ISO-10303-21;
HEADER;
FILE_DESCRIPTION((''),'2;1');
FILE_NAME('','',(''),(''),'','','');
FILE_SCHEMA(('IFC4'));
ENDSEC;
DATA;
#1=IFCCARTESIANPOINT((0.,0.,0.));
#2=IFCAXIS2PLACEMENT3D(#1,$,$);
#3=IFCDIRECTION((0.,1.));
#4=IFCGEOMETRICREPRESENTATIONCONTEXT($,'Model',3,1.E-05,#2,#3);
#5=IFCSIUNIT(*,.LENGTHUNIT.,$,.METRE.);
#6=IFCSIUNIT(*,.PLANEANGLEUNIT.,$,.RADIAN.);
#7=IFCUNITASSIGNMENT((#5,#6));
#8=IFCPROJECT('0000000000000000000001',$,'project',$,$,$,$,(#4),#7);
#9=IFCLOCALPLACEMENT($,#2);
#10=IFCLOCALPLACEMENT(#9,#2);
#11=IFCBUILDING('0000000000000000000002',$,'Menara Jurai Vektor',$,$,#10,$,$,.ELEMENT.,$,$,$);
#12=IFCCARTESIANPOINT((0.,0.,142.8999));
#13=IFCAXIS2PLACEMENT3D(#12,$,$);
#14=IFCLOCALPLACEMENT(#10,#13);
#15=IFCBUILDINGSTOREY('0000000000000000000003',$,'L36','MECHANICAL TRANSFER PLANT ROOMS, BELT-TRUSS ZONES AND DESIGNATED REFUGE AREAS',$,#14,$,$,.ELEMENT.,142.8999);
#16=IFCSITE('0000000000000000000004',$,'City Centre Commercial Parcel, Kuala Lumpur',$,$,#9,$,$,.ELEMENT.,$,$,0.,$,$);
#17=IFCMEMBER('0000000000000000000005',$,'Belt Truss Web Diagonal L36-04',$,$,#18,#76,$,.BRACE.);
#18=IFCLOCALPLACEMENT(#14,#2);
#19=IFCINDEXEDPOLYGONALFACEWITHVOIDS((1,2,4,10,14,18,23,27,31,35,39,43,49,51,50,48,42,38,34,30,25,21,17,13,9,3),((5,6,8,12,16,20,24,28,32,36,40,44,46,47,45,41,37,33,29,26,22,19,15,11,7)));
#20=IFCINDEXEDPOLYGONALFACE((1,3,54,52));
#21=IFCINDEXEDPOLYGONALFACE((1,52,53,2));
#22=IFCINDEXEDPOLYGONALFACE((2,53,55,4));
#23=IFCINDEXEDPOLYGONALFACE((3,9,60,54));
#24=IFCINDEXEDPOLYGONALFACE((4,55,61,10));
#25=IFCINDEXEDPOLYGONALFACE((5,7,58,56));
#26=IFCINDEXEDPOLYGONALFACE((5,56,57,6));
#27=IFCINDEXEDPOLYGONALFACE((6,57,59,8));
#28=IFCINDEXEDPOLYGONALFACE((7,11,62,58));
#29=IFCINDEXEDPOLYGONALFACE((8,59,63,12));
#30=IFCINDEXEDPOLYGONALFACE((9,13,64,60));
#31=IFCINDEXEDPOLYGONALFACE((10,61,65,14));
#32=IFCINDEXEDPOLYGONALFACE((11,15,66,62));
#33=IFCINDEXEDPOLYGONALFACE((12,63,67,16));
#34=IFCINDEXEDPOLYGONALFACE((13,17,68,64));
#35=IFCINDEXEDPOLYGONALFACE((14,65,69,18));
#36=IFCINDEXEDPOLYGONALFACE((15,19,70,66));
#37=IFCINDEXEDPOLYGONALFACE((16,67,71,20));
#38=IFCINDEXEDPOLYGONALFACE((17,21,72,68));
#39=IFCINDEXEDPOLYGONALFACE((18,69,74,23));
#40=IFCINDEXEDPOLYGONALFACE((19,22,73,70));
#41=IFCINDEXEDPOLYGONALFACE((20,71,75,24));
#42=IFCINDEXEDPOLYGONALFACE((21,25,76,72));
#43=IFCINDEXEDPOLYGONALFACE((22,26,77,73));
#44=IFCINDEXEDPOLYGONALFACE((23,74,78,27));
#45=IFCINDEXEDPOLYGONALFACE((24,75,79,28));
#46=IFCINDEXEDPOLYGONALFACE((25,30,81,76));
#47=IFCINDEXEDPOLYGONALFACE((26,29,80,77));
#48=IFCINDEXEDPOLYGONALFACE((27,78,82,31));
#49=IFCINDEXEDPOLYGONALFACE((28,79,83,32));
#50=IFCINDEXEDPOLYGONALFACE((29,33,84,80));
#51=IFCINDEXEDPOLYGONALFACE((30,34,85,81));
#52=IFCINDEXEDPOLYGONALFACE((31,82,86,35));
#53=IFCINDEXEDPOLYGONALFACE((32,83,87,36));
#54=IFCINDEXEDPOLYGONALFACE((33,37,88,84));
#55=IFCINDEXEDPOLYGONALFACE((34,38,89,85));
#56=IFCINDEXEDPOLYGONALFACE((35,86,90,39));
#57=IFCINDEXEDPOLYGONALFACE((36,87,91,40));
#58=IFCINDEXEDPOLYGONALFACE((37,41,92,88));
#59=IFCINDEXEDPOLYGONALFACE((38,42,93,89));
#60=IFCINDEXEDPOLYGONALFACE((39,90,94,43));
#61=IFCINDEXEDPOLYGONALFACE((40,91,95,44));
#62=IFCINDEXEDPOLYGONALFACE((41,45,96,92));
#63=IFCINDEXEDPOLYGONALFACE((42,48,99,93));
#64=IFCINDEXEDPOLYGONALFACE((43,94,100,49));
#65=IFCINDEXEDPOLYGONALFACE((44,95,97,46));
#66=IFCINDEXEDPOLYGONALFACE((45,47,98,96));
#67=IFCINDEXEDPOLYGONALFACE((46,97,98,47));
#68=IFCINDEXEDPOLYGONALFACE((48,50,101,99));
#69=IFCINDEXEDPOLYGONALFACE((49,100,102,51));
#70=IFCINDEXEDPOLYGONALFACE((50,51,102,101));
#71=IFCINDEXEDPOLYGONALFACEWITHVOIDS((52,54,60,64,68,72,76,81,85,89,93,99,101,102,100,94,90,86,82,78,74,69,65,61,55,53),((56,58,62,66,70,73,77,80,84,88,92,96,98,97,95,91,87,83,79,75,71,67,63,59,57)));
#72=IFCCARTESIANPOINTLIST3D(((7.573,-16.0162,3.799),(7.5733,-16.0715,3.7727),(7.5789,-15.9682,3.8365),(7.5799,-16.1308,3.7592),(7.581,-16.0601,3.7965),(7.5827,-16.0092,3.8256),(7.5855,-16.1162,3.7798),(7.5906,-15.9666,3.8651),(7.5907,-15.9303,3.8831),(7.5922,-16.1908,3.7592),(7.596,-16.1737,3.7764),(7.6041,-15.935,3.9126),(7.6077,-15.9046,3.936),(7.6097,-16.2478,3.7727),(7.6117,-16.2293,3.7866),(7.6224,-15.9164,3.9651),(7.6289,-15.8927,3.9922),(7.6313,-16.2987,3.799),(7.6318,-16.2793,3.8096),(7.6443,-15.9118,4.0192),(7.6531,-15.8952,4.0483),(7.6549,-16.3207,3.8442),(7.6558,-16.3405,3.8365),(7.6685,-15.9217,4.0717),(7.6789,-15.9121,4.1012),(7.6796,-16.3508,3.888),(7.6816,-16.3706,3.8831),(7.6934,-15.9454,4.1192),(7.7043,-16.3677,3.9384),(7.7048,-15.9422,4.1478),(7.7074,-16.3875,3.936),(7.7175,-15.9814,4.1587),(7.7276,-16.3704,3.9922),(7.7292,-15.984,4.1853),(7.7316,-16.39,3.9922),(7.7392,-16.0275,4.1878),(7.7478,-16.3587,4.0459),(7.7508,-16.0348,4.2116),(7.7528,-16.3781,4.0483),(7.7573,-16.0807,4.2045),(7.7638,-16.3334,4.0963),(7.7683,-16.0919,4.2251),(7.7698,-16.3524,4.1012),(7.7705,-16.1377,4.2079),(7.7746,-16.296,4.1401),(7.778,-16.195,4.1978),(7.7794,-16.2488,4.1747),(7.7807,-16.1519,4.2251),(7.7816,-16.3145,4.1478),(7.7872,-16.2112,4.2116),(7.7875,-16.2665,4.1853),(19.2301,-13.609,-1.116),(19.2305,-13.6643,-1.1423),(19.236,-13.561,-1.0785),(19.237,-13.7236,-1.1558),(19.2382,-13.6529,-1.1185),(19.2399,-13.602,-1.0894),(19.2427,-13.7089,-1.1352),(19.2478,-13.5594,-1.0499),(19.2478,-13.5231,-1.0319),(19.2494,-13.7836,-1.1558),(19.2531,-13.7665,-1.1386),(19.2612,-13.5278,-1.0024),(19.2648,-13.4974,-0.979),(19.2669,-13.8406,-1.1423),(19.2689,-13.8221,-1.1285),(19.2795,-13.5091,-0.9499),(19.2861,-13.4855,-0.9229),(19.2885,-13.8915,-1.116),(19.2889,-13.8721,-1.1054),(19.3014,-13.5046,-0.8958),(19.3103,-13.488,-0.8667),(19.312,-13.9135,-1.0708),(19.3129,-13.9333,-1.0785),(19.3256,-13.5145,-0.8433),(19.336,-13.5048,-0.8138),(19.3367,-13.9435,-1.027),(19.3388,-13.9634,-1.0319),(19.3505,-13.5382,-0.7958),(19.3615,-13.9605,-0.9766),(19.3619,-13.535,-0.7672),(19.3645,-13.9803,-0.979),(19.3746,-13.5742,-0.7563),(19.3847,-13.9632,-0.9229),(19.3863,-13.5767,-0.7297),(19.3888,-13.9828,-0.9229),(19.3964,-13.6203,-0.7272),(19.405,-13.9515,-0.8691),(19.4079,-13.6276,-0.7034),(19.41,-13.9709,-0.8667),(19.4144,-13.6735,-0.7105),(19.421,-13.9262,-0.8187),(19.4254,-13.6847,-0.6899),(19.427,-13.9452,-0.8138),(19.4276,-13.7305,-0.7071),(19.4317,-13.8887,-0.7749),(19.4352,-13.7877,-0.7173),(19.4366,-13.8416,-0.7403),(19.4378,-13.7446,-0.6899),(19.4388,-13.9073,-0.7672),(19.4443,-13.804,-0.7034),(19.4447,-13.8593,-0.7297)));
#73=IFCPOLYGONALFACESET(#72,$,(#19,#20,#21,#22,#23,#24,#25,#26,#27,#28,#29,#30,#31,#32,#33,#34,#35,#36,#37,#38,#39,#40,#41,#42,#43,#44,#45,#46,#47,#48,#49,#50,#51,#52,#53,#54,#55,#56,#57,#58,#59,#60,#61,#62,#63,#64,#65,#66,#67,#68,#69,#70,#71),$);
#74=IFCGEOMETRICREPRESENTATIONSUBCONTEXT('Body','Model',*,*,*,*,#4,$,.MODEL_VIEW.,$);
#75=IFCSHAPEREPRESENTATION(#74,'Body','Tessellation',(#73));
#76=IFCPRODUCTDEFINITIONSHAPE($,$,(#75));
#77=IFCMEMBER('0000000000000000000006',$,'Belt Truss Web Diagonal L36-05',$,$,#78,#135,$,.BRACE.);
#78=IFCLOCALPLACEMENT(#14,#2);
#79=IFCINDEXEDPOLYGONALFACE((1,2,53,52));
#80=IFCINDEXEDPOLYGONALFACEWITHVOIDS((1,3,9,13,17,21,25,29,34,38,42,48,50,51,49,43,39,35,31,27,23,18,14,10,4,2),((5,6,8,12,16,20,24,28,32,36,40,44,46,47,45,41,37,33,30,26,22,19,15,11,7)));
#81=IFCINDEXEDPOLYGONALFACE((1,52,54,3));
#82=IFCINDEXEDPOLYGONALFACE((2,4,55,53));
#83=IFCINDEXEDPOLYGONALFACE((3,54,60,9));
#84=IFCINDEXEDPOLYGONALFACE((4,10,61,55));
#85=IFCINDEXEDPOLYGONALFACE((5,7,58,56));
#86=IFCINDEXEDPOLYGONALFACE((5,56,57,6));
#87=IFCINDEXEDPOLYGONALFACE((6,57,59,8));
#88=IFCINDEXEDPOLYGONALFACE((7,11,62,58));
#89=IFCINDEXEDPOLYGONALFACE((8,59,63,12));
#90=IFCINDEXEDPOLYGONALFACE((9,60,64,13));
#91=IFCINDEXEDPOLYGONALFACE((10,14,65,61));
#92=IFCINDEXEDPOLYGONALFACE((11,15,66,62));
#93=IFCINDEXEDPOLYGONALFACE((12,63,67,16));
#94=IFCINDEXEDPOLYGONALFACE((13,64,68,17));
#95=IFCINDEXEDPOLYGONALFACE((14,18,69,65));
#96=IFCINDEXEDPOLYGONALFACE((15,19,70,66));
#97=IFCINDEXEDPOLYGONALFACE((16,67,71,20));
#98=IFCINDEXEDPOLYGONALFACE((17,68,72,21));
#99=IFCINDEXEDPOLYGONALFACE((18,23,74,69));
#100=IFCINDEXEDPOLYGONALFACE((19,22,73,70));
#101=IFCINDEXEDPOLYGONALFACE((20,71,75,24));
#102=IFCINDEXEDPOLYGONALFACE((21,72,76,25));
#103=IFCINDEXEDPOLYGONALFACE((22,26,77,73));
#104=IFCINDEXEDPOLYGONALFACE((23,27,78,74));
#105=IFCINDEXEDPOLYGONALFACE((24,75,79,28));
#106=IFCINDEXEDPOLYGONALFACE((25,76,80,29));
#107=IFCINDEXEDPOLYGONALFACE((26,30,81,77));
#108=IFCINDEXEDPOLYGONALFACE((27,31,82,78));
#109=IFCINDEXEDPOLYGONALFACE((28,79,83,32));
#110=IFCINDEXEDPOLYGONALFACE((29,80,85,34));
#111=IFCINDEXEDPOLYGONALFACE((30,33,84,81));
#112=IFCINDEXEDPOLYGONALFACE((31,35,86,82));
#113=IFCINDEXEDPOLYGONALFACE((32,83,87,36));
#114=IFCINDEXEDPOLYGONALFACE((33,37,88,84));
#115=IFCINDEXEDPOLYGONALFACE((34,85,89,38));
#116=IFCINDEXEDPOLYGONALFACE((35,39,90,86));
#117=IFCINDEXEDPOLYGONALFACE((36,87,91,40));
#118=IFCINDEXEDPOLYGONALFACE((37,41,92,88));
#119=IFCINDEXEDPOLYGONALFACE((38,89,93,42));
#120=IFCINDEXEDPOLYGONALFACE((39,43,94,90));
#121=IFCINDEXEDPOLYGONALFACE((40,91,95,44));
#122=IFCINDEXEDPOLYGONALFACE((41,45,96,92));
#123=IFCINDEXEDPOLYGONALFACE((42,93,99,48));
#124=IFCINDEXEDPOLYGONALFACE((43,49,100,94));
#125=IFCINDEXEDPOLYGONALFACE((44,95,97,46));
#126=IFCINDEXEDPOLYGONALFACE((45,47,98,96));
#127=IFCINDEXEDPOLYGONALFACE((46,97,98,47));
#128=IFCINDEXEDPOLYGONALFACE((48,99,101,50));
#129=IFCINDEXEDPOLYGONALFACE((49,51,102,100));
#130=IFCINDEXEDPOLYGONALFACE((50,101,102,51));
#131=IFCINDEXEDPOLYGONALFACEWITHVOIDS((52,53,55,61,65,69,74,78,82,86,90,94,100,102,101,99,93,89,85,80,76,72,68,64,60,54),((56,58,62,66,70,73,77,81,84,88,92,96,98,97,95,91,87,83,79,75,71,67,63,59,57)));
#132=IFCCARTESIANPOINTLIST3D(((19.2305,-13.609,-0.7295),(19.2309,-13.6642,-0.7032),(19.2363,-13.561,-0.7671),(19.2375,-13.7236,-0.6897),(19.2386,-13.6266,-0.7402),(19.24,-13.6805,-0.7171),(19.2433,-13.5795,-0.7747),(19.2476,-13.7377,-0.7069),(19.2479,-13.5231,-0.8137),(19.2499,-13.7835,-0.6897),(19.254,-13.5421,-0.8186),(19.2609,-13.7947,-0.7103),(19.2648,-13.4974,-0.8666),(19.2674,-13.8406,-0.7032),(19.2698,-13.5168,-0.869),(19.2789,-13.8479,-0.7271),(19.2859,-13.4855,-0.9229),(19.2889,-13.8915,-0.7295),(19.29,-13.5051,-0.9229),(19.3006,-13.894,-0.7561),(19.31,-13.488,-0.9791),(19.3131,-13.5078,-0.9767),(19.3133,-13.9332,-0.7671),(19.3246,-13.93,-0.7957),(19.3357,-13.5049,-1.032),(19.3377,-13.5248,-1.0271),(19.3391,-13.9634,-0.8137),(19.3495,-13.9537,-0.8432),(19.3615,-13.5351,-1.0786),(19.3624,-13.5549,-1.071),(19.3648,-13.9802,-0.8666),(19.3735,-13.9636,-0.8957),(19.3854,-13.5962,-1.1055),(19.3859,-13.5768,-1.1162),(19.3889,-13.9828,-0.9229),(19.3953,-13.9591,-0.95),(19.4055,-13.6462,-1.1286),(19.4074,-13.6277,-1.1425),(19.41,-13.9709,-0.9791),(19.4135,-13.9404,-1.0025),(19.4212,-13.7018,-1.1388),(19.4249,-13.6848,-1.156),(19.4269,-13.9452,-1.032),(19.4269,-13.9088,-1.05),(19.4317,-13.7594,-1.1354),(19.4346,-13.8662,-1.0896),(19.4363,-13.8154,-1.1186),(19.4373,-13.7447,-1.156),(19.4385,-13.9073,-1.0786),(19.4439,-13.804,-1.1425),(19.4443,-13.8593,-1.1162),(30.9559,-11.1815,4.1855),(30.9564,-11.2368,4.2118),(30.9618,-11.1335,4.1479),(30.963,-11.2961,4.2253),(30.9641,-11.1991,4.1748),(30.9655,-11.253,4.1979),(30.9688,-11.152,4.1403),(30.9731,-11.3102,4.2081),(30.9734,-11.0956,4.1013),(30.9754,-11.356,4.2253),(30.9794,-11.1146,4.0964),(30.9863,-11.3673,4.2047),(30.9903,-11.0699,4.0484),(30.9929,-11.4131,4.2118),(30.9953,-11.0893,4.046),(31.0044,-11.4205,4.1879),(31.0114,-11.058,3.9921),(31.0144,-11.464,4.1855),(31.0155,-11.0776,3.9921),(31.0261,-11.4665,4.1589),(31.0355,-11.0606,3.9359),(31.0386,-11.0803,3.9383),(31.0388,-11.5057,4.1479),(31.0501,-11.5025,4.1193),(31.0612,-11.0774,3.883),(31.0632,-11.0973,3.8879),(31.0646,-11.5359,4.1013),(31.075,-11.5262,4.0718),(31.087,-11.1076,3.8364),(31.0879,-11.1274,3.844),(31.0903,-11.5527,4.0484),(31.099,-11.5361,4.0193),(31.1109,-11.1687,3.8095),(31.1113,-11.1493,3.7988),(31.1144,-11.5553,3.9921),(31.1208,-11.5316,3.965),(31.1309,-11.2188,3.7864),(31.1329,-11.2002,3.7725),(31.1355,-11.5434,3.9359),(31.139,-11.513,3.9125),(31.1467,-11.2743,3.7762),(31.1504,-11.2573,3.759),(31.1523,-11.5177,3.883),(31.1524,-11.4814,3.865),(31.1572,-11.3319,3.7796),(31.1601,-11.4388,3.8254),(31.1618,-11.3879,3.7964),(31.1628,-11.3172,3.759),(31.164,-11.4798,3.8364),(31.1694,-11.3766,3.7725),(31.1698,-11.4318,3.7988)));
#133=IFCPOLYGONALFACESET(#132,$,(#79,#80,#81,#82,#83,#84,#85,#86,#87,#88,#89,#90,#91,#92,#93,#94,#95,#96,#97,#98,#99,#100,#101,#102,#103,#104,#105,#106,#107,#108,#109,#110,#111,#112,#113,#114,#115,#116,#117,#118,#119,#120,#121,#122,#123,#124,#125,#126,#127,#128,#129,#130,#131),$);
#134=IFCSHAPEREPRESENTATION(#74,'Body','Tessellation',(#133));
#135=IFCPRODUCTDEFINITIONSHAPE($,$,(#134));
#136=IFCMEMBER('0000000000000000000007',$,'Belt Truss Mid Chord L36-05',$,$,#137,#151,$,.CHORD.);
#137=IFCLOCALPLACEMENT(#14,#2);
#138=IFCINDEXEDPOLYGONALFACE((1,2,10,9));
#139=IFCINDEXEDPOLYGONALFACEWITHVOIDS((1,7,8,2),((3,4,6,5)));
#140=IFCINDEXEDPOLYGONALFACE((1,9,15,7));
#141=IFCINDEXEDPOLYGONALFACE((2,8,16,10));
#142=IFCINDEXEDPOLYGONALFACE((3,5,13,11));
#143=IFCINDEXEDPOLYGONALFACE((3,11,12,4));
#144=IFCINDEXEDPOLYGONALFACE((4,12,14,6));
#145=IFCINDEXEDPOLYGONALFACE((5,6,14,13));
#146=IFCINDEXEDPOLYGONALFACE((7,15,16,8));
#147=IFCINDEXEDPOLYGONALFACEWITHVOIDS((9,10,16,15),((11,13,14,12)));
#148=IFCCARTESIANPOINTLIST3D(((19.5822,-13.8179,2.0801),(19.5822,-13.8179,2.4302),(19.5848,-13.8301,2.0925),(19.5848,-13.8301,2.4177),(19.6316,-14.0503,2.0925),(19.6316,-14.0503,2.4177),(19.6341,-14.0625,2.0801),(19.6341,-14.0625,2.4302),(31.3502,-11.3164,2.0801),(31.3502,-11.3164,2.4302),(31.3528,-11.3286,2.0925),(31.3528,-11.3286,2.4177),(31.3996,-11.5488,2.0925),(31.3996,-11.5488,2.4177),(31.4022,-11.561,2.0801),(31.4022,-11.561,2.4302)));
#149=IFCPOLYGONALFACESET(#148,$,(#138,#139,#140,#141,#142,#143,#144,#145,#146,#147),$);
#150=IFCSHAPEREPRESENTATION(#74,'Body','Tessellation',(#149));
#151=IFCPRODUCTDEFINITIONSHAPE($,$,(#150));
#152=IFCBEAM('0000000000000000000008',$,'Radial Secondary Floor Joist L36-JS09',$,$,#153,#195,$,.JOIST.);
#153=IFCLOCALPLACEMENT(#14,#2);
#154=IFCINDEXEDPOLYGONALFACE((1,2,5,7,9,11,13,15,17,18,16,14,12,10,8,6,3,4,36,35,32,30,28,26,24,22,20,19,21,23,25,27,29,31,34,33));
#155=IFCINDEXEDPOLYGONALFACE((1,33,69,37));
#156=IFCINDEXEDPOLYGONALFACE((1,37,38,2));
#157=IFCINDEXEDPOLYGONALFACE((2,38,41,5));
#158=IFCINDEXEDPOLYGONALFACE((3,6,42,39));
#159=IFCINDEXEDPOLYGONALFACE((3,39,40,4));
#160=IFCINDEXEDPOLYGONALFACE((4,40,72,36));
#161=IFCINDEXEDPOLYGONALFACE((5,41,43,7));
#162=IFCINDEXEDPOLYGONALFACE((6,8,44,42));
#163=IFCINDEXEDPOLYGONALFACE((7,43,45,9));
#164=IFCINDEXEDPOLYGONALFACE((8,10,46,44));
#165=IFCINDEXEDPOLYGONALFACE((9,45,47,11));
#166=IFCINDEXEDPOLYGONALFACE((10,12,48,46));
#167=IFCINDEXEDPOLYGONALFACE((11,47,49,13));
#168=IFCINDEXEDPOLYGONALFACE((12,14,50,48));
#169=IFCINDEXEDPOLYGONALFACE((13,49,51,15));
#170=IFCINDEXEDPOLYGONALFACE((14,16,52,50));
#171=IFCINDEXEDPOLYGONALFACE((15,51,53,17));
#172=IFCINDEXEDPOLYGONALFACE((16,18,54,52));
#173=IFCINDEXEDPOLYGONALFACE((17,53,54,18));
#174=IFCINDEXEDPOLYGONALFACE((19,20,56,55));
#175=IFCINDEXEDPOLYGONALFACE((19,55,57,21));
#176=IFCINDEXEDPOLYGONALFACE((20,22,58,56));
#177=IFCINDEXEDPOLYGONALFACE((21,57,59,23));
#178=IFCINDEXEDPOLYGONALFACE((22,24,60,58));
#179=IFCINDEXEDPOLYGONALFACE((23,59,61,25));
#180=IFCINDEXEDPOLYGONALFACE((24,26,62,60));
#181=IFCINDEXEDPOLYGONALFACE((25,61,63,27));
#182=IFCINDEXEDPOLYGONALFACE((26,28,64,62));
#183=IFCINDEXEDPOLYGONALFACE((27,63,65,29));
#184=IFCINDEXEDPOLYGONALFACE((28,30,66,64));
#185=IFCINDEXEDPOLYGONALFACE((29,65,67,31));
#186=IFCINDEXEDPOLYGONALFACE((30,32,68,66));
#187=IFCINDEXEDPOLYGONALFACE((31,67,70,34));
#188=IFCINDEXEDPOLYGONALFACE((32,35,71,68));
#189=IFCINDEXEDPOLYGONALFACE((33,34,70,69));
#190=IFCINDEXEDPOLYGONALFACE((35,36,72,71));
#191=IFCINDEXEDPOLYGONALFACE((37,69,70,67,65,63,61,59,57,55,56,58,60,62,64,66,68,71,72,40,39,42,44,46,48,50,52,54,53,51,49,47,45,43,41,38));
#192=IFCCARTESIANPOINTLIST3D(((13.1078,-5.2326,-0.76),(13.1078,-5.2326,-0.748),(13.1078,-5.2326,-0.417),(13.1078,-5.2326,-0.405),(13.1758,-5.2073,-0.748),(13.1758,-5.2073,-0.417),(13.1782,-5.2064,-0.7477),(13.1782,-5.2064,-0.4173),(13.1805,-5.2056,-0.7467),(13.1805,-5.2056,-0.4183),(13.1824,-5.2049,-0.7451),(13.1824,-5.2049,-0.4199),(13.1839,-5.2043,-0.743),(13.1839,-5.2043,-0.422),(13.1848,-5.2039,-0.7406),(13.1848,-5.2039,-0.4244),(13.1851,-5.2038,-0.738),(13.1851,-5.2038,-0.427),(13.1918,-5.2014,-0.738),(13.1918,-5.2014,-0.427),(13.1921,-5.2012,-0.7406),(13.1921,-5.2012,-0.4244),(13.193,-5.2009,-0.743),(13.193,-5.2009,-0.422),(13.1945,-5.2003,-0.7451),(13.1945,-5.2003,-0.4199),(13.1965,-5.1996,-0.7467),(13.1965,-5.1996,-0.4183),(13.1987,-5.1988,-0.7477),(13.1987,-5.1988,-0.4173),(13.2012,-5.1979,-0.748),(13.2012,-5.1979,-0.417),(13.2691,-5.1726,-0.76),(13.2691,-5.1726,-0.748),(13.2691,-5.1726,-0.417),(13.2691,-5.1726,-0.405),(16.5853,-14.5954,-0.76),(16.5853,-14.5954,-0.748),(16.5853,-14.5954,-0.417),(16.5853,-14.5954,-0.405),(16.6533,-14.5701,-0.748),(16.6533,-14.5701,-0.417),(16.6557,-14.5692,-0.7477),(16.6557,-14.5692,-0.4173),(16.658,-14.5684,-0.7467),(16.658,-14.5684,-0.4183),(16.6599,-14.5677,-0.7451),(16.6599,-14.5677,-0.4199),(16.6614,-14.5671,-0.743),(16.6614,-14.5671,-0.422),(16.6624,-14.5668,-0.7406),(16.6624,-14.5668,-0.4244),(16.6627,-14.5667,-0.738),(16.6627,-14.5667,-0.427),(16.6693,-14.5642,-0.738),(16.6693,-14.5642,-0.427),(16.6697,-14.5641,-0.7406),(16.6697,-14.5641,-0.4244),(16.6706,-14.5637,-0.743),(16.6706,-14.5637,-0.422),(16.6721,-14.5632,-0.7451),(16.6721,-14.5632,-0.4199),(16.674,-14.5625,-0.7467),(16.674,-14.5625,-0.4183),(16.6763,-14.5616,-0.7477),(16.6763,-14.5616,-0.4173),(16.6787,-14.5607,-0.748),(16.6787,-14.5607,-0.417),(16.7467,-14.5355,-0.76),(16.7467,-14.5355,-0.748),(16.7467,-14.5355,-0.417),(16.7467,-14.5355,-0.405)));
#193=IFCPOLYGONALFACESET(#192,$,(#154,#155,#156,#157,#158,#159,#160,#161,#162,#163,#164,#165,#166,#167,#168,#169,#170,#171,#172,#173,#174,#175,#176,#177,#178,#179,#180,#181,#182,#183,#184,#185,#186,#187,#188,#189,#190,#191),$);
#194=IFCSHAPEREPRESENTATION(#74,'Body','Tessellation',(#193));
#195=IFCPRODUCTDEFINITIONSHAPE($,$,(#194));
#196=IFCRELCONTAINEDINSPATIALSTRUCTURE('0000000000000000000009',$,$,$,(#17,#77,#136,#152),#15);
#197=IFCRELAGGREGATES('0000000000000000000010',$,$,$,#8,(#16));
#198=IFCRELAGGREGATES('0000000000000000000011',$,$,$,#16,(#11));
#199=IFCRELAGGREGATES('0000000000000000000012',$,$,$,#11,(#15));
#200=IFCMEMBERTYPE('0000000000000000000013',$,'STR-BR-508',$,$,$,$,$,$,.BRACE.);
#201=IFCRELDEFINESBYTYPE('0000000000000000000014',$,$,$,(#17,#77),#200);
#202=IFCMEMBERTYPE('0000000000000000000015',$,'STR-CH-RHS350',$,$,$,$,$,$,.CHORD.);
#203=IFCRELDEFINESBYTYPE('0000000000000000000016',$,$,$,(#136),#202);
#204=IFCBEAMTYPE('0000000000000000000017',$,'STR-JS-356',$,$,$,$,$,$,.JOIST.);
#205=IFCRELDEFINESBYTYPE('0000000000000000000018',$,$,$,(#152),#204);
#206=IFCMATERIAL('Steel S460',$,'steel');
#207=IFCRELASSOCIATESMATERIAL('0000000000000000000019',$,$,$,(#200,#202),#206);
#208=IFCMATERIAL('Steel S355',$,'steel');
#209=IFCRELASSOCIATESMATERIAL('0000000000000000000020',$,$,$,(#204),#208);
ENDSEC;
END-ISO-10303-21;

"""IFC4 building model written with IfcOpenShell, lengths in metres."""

from ifc_helpers import new_model, si_unit, direction, frame, origin, origin_2d, place, context, subcontext, project, spatial, hollow_rectangle, hollow_circle, i_section, extrude, material, material_profile, profile_set, type_object, element, save


model = new_model("IFC4")

# Units and contexts
model_context = context("Model", 3, precision=1e-05, world=origin(), true_north=direction((0.0, 1.0)))
body_context = subcontext(model_context, "Body", "Model", "MODEL_VIEW")
ifc_project = project(units=[si_unit("LENGTHUNIT", "METRE"), si_unit("PLANEANGLEUNIT", "RADIAN")], contexts=[model_context])

# Site, building, storey
site_placement = place(None, origin())
site = spatial("IfcSite", under=ifc_project, at=site_placement, Name="City Centre Commercial Parcel, Kuala Lumpur", CompositionType="ELEMENT", RefElevation=0.0)
building_placement = place(site_placement, origin())
building = spatial("IfcBuilding", under=site, at=building_placement, Name="Menara Jurai Vektor", CompositionType="ELEMENT")
storey_placement = place(building_placement, frame((0.0, 0.0, 142.8999)))
storey = spatial("IfcBuildingStorey", under=building, at=storey_placement, Name="L36", Description="MECHANICAL TRANSFER PLANT ROOMS, BELT-TRUSS ZONES AND DESIGNATED REFUGE AREAS", CompositionType="ELEMENT", Elevation=142.8999)

# Shared definitions
ifc_material_1 = material(Name="Steel S460", Category="steel")

# Shared definitions
ifc_material_2 = material(Name="Steel S355", Category="steel")

# Members
ifc_material_profile_1 = material_profile(ifc_material_1, hollow_circle(Radius=0.2539, WallThickness=0.02, at=origin_2d()), Name="CHS 508x20")
ifc_profile_set_1 = profile_set([ifc_material_profile_1], Name="Steel S460")
member_type_1 = type_object("IfcMemberType", Name="STR-BR-508", PredefinedType="BRACE", material=ifc_profile_set_1)
member_1_placement = place(storey_placement, frame((19.3374, -13.7341, -0.9229), z_axis=(-0.905204, -0.186925, 0.381661), x_axis=(0.202234, -0.979337, 0.0)))
element("IfcMember", 1, at=member_1_placement, inside=storey, type_object=member_type_1, Name="Belt Truss Web Diagonal L36-04", PredefinedType="BRACE", context=body_context, shape_type="SweptSolid", body=[
    extrude(hollow_circle(Radius=0.2539, WallThickness=0.02, at=origin_2d()), origin(), (0.0, 0.0, 1.0), 12.8779),
])
member_2_placement = place(storey_placement, frame((19.3374, -13.7341, -0.9229), z_axis=(0.905891, 0.187542, 0.379724), x_axis=(-0.202726, 0.979235, 0.0)))
element("IfcMember", 2, at=member_2_placement, inside=storey, type_object=member_type_1, Name="Belt Truss Web Diagonal L36-05", PredefinedType="BRACE", context=body_context, shape_type="SweptSolid", body=[
    extrude(hollow_circle(Radius=0.2539, WallThickness=0.02, at=origin_2d()), origin(), (0.0, 0.0, 1.0), 12.9436),
])
ifc_material_profile_2 = material_profile(ifc_material_1, hollow_rectangle(XDim=0.25, YDim=0.3501, WallThickness=0.0125, at=origin_2d()), Name="RHS 350x250x12.5")
ifc_profile_set_2 = profile_set([ifc_material_profile_2], Name="Steel S460")
member_type_2 = type_object("IfcMemberType", Name="STR-CH-RHS350", PredefinedType="CHORD", material=ifc_profile_set_2)
member_3_placement = place(storey_placement, frame((19.6082, -13.9402, 2.2551), z_axis=(0.978146, 0.207918, 0.0), x_axis=(-0.207918, 0.978146, 0.0)))
element("IfcMember", 3, at=member_3_placement, inside=storey, type_object=member_type_2, Name="Belt Truss Mid Chord L36-05", PredefinedType="CHORD", context=body_context, shape_type="SweptSolid", body=[
    extrude(hollow_rectangle(XDim=0.25, YDim=0.3501, WallThickness=0.0125, at=origin_2d()), origin(), (0.0, 0.0, 1.0), 12.031),
])

# Beam
ifc_material_profile_3 = material_profile(ifc_material_2, i_section(OverallWidth=0.1721, OverallDepth=0.355, WebThickness=0.0071, FlangeThickness=0.012, FilletRadius=0.01, at=origin_2d()), Name="UKB 356x171x51")
ifc_profile_set_3 = profile_set([ifc_material_profile_3], Name="Steel S355")
beam_type_1 = type_object("IfcBeamType", Name="STR-JS-356", PredefinedType="JOIST", material=ifc_profile_set_3)
beam_1_placement = place(storey_placement, frame((16.666, -14.5654, -0.5825), z_axis=(-0.34818, 0.937428, 0.0), x_axis=(-0.937428, -0.34818, 0.0)))
element("IfcBeam", 4, at=beam_1_placement, inside=storey, type_object=beam_type_1, Name="Radial Secondary Floor Joist L36-JS09", PredefinedType="JOIST", context=body_context, shape_type="SweptSolid", body=[
    extrude(i_section(OverallWidth=0.1721, OverallDepth=0.355, WebThickness=0.0071, FlangeThickness=0.012, FilletRadius=0.01, at=origin_2d()), origin(), (0.0, 0.0, 1.0), 9.9878),
])

save(model, "model.ifc")
